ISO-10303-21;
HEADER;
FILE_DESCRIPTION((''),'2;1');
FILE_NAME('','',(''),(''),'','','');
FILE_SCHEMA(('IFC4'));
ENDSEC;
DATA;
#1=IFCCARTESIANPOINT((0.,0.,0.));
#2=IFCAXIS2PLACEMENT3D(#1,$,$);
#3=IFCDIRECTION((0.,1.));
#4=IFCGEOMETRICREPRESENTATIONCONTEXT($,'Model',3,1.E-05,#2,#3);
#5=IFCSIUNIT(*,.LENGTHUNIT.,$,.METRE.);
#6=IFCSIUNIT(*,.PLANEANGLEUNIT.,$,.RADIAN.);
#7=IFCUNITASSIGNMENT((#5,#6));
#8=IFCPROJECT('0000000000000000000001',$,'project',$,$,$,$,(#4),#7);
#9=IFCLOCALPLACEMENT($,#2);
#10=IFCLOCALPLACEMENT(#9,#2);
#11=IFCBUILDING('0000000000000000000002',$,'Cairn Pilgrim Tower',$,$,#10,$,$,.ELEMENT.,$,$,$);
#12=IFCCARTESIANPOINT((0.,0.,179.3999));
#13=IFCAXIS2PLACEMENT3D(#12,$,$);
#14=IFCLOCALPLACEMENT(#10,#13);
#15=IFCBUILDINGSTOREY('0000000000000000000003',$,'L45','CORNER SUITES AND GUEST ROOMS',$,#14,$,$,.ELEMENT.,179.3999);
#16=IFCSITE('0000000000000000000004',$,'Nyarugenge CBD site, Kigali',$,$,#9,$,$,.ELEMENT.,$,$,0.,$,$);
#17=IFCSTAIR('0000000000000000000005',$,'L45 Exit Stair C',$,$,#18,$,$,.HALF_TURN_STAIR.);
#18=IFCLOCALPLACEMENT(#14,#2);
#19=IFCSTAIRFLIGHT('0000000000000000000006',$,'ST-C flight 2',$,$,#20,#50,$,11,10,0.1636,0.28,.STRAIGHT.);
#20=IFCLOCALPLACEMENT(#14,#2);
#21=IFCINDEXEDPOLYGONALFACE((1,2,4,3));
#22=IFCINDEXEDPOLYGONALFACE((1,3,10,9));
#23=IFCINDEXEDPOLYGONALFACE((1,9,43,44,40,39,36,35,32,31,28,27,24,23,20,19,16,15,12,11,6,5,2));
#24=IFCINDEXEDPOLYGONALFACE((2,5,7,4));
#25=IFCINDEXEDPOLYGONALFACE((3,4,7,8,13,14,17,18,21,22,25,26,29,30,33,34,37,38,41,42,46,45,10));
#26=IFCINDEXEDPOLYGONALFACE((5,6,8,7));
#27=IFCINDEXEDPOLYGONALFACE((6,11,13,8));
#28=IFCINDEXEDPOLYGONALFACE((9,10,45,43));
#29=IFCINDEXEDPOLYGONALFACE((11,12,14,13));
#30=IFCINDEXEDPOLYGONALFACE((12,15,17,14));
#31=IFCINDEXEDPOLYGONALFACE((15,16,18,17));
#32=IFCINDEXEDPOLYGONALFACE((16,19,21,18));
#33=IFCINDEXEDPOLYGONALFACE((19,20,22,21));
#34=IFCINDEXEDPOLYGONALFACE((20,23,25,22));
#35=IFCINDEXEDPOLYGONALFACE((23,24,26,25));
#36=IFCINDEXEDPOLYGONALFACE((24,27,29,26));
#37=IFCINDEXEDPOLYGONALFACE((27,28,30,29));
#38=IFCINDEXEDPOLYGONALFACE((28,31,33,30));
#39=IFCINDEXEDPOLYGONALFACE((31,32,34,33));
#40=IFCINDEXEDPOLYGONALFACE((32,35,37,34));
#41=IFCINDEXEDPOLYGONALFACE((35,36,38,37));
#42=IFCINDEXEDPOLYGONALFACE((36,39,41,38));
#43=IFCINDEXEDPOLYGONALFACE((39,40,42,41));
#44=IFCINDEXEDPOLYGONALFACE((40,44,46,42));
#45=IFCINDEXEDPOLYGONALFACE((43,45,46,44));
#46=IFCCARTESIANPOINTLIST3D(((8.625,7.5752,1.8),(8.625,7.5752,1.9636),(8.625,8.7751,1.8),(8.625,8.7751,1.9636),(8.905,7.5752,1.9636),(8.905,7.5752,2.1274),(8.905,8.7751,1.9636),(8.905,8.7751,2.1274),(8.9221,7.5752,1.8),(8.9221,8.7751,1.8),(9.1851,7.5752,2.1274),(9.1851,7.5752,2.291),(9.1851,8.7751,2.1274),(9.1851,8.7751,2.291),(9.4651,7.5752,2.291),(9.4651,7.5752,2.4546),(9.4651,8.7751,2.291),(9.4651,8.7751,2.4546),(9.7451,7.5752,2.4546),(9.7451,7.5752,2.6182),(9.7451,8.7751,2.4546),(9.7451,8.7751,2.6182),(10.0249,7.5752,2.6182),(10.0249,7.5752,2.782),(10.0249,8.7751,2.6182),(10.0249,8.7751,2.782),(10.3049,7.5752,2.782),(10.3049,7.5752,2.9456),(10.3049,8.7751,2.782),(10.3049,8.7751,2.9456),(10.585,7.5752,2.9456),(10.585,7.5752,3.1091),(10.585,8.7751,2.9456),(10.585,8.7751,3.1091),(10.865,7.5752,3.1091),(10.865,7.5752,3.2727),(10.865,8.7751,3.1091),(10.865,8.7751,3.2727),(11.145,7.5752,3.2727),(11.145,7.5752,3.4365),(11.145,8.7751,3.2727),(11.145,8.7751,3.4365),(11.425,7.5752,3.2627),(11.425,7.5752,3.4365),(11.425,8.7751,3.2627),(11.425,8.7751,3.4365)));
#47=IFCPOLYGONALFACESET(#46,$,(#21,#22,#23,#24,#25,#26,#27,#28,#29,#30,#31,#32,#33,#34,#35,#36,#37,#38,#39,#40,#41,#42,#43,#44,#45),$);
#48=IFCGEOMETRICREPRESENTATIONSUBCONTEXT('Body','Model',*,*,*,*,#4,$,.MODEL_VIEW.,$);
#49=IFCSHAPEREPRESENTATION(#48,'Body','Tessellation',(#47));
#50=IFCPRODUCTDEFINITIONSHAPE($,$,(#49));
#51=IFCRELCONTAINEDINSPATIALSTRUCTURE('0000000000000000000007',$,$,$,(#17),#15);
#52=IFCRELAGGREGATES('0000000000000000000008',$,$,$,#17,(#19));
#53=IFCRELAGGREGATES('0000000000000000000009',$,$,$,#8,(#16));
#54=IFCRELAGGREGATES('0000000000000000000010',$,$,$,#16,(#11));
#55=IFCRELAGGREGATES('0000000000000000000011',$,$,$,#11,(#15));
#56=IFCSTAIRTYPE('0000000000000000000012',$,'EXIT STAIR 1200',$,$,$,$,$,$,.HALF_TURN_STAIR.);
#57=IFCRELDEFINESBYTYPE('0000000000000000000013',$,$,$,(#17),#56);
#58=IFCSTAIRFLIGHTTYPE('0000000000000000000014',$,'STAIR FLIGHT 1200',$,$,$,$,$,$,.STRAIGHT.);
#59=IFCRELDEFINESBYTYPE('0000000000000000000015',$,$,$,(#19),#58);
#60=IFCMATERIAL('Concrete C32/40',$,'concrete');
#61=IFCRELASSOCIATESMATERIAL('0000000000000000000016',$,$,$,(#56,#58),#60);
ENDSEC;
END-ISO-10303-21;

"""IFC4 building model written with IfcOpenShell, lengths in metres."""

from ifc_helpers import new_model, si_unit, direction, frame, origin, place, context, subcontext, project, spatial, polyline, outline, extrude, material, type_object, element, aggregate, save


model = new_model("IFC4")

# Units and contexts
model_context = context("Model", 3, precision=1e-05, world=origin(), true_north=direction((0.0, 1.0)))
body_context = subcontext(model_context, "Body", "Model", "MODEL_VIEW")
ifc_project = project(units=[si_unit("LENGTHUNIT", "METRE"), si_unit("PLANEANGLEUNIT", "RADIAN")], contexts=[model_context])

# Site, building, storey
site_placement = place(None, origin())
site = spatial("IfcSite", under=ifc_project, at=site_placement, Name="Nyarugenge CBD site, Kigali", CompositionType="ELEMENT", RefElevation=0.0)
building_placement = place(site_placement, origin())
building = spatial("IfcBuilding", under=site, at=building_placement, Name="Cairn Pilgrim Tower", CompositionType="ELEMENT")
storey_placement = place(building_placement, frame((0.0, 0.0, 179.3999)))
storey = spatial("IfcBuildingStorey", under=building, at=storey_placement, Name="L45", Description="CORNER SUITES AND GUEST ROOMS", CompositionType="ELEMENT", Elevation=179.3999)

# Shared definitions
ifc_material_1 = material(Name="Concrete C32/40", Category="concrete")

# Shared definitions
stair_type = type_object("IfcStairType", Name="EXIT STAIR 1200", PredefinedType="HALF_TURN_STAIR", material=ifc_material_1)
stair_flight_type = type_object("IfcStairFlightType", Name="STAIR FLIGHT 1200", PredefinedType="STRAIGHT", material=ifc_material_1)

# Stair, stair flight
stair_1_placement = place(storey_placement, origin())
stair_1 = element("IfcStair", 1, at=stair_1_placement, inside=storey, type_object=stair_type, Name="L45 Exit Stair C", PredefinedType="HALF_TURN_STAIR")
stair_flight_1_placement = place(storey_placement, frame((8.625, 8.175, 1.8), z_axis=(0.0, 0.0, 1.0), x_axis=(1.0, 0.0, 0.0)))
stair_flight_1 = element("IfcStairFlight", 2, at=stair_flight_1_placement, type_object=stair_flight_type, Name="ST-C flight 2", NumberOfRisers=11, NumberOfTreads=10, PredefinedType="STRAIGHT", RiserHeight=0.1636, TreadLength=0.28, context=body_context, shape_type="SweptSolid", body=[
    extrude(outline(polyline([(0.0, 0.0), (0.0, 0.1636), (0.28, 0.1636), (0.28, 0.3274), (0.5601, 0.3274), (0.5601, 0.491), (0.8401, 0.491), (0.8401, 0.6545), (1.1201, 0.6545), (1.1201, 0.8181), (1.3999, 0.8181), (1.3999, 0.9819), (1.6799, 0.9819), (1.6799, 1.1455), (1.96, 1.1455), (1.96, 1.3091), (2.24, 1.3091), (2.24, 1.4727), (2.52, 1.4727), (2.52, 1.6365), (2.8, 1.6365), (2.8, 1.8), (2.8, 1.4626), (0.2971, 0.0), (0.0, 0.0)])), frame((0.0, 0.6001, 0.0), z_axis=(0.0, -1.0, 0.0), x_axis=(1.0, 0.0, 0.0)), (0.0, 0.0, 1.0), 1.2),
])
aggregate(stair_1, [stair_flight_1])

save(model, "model.ifc")
